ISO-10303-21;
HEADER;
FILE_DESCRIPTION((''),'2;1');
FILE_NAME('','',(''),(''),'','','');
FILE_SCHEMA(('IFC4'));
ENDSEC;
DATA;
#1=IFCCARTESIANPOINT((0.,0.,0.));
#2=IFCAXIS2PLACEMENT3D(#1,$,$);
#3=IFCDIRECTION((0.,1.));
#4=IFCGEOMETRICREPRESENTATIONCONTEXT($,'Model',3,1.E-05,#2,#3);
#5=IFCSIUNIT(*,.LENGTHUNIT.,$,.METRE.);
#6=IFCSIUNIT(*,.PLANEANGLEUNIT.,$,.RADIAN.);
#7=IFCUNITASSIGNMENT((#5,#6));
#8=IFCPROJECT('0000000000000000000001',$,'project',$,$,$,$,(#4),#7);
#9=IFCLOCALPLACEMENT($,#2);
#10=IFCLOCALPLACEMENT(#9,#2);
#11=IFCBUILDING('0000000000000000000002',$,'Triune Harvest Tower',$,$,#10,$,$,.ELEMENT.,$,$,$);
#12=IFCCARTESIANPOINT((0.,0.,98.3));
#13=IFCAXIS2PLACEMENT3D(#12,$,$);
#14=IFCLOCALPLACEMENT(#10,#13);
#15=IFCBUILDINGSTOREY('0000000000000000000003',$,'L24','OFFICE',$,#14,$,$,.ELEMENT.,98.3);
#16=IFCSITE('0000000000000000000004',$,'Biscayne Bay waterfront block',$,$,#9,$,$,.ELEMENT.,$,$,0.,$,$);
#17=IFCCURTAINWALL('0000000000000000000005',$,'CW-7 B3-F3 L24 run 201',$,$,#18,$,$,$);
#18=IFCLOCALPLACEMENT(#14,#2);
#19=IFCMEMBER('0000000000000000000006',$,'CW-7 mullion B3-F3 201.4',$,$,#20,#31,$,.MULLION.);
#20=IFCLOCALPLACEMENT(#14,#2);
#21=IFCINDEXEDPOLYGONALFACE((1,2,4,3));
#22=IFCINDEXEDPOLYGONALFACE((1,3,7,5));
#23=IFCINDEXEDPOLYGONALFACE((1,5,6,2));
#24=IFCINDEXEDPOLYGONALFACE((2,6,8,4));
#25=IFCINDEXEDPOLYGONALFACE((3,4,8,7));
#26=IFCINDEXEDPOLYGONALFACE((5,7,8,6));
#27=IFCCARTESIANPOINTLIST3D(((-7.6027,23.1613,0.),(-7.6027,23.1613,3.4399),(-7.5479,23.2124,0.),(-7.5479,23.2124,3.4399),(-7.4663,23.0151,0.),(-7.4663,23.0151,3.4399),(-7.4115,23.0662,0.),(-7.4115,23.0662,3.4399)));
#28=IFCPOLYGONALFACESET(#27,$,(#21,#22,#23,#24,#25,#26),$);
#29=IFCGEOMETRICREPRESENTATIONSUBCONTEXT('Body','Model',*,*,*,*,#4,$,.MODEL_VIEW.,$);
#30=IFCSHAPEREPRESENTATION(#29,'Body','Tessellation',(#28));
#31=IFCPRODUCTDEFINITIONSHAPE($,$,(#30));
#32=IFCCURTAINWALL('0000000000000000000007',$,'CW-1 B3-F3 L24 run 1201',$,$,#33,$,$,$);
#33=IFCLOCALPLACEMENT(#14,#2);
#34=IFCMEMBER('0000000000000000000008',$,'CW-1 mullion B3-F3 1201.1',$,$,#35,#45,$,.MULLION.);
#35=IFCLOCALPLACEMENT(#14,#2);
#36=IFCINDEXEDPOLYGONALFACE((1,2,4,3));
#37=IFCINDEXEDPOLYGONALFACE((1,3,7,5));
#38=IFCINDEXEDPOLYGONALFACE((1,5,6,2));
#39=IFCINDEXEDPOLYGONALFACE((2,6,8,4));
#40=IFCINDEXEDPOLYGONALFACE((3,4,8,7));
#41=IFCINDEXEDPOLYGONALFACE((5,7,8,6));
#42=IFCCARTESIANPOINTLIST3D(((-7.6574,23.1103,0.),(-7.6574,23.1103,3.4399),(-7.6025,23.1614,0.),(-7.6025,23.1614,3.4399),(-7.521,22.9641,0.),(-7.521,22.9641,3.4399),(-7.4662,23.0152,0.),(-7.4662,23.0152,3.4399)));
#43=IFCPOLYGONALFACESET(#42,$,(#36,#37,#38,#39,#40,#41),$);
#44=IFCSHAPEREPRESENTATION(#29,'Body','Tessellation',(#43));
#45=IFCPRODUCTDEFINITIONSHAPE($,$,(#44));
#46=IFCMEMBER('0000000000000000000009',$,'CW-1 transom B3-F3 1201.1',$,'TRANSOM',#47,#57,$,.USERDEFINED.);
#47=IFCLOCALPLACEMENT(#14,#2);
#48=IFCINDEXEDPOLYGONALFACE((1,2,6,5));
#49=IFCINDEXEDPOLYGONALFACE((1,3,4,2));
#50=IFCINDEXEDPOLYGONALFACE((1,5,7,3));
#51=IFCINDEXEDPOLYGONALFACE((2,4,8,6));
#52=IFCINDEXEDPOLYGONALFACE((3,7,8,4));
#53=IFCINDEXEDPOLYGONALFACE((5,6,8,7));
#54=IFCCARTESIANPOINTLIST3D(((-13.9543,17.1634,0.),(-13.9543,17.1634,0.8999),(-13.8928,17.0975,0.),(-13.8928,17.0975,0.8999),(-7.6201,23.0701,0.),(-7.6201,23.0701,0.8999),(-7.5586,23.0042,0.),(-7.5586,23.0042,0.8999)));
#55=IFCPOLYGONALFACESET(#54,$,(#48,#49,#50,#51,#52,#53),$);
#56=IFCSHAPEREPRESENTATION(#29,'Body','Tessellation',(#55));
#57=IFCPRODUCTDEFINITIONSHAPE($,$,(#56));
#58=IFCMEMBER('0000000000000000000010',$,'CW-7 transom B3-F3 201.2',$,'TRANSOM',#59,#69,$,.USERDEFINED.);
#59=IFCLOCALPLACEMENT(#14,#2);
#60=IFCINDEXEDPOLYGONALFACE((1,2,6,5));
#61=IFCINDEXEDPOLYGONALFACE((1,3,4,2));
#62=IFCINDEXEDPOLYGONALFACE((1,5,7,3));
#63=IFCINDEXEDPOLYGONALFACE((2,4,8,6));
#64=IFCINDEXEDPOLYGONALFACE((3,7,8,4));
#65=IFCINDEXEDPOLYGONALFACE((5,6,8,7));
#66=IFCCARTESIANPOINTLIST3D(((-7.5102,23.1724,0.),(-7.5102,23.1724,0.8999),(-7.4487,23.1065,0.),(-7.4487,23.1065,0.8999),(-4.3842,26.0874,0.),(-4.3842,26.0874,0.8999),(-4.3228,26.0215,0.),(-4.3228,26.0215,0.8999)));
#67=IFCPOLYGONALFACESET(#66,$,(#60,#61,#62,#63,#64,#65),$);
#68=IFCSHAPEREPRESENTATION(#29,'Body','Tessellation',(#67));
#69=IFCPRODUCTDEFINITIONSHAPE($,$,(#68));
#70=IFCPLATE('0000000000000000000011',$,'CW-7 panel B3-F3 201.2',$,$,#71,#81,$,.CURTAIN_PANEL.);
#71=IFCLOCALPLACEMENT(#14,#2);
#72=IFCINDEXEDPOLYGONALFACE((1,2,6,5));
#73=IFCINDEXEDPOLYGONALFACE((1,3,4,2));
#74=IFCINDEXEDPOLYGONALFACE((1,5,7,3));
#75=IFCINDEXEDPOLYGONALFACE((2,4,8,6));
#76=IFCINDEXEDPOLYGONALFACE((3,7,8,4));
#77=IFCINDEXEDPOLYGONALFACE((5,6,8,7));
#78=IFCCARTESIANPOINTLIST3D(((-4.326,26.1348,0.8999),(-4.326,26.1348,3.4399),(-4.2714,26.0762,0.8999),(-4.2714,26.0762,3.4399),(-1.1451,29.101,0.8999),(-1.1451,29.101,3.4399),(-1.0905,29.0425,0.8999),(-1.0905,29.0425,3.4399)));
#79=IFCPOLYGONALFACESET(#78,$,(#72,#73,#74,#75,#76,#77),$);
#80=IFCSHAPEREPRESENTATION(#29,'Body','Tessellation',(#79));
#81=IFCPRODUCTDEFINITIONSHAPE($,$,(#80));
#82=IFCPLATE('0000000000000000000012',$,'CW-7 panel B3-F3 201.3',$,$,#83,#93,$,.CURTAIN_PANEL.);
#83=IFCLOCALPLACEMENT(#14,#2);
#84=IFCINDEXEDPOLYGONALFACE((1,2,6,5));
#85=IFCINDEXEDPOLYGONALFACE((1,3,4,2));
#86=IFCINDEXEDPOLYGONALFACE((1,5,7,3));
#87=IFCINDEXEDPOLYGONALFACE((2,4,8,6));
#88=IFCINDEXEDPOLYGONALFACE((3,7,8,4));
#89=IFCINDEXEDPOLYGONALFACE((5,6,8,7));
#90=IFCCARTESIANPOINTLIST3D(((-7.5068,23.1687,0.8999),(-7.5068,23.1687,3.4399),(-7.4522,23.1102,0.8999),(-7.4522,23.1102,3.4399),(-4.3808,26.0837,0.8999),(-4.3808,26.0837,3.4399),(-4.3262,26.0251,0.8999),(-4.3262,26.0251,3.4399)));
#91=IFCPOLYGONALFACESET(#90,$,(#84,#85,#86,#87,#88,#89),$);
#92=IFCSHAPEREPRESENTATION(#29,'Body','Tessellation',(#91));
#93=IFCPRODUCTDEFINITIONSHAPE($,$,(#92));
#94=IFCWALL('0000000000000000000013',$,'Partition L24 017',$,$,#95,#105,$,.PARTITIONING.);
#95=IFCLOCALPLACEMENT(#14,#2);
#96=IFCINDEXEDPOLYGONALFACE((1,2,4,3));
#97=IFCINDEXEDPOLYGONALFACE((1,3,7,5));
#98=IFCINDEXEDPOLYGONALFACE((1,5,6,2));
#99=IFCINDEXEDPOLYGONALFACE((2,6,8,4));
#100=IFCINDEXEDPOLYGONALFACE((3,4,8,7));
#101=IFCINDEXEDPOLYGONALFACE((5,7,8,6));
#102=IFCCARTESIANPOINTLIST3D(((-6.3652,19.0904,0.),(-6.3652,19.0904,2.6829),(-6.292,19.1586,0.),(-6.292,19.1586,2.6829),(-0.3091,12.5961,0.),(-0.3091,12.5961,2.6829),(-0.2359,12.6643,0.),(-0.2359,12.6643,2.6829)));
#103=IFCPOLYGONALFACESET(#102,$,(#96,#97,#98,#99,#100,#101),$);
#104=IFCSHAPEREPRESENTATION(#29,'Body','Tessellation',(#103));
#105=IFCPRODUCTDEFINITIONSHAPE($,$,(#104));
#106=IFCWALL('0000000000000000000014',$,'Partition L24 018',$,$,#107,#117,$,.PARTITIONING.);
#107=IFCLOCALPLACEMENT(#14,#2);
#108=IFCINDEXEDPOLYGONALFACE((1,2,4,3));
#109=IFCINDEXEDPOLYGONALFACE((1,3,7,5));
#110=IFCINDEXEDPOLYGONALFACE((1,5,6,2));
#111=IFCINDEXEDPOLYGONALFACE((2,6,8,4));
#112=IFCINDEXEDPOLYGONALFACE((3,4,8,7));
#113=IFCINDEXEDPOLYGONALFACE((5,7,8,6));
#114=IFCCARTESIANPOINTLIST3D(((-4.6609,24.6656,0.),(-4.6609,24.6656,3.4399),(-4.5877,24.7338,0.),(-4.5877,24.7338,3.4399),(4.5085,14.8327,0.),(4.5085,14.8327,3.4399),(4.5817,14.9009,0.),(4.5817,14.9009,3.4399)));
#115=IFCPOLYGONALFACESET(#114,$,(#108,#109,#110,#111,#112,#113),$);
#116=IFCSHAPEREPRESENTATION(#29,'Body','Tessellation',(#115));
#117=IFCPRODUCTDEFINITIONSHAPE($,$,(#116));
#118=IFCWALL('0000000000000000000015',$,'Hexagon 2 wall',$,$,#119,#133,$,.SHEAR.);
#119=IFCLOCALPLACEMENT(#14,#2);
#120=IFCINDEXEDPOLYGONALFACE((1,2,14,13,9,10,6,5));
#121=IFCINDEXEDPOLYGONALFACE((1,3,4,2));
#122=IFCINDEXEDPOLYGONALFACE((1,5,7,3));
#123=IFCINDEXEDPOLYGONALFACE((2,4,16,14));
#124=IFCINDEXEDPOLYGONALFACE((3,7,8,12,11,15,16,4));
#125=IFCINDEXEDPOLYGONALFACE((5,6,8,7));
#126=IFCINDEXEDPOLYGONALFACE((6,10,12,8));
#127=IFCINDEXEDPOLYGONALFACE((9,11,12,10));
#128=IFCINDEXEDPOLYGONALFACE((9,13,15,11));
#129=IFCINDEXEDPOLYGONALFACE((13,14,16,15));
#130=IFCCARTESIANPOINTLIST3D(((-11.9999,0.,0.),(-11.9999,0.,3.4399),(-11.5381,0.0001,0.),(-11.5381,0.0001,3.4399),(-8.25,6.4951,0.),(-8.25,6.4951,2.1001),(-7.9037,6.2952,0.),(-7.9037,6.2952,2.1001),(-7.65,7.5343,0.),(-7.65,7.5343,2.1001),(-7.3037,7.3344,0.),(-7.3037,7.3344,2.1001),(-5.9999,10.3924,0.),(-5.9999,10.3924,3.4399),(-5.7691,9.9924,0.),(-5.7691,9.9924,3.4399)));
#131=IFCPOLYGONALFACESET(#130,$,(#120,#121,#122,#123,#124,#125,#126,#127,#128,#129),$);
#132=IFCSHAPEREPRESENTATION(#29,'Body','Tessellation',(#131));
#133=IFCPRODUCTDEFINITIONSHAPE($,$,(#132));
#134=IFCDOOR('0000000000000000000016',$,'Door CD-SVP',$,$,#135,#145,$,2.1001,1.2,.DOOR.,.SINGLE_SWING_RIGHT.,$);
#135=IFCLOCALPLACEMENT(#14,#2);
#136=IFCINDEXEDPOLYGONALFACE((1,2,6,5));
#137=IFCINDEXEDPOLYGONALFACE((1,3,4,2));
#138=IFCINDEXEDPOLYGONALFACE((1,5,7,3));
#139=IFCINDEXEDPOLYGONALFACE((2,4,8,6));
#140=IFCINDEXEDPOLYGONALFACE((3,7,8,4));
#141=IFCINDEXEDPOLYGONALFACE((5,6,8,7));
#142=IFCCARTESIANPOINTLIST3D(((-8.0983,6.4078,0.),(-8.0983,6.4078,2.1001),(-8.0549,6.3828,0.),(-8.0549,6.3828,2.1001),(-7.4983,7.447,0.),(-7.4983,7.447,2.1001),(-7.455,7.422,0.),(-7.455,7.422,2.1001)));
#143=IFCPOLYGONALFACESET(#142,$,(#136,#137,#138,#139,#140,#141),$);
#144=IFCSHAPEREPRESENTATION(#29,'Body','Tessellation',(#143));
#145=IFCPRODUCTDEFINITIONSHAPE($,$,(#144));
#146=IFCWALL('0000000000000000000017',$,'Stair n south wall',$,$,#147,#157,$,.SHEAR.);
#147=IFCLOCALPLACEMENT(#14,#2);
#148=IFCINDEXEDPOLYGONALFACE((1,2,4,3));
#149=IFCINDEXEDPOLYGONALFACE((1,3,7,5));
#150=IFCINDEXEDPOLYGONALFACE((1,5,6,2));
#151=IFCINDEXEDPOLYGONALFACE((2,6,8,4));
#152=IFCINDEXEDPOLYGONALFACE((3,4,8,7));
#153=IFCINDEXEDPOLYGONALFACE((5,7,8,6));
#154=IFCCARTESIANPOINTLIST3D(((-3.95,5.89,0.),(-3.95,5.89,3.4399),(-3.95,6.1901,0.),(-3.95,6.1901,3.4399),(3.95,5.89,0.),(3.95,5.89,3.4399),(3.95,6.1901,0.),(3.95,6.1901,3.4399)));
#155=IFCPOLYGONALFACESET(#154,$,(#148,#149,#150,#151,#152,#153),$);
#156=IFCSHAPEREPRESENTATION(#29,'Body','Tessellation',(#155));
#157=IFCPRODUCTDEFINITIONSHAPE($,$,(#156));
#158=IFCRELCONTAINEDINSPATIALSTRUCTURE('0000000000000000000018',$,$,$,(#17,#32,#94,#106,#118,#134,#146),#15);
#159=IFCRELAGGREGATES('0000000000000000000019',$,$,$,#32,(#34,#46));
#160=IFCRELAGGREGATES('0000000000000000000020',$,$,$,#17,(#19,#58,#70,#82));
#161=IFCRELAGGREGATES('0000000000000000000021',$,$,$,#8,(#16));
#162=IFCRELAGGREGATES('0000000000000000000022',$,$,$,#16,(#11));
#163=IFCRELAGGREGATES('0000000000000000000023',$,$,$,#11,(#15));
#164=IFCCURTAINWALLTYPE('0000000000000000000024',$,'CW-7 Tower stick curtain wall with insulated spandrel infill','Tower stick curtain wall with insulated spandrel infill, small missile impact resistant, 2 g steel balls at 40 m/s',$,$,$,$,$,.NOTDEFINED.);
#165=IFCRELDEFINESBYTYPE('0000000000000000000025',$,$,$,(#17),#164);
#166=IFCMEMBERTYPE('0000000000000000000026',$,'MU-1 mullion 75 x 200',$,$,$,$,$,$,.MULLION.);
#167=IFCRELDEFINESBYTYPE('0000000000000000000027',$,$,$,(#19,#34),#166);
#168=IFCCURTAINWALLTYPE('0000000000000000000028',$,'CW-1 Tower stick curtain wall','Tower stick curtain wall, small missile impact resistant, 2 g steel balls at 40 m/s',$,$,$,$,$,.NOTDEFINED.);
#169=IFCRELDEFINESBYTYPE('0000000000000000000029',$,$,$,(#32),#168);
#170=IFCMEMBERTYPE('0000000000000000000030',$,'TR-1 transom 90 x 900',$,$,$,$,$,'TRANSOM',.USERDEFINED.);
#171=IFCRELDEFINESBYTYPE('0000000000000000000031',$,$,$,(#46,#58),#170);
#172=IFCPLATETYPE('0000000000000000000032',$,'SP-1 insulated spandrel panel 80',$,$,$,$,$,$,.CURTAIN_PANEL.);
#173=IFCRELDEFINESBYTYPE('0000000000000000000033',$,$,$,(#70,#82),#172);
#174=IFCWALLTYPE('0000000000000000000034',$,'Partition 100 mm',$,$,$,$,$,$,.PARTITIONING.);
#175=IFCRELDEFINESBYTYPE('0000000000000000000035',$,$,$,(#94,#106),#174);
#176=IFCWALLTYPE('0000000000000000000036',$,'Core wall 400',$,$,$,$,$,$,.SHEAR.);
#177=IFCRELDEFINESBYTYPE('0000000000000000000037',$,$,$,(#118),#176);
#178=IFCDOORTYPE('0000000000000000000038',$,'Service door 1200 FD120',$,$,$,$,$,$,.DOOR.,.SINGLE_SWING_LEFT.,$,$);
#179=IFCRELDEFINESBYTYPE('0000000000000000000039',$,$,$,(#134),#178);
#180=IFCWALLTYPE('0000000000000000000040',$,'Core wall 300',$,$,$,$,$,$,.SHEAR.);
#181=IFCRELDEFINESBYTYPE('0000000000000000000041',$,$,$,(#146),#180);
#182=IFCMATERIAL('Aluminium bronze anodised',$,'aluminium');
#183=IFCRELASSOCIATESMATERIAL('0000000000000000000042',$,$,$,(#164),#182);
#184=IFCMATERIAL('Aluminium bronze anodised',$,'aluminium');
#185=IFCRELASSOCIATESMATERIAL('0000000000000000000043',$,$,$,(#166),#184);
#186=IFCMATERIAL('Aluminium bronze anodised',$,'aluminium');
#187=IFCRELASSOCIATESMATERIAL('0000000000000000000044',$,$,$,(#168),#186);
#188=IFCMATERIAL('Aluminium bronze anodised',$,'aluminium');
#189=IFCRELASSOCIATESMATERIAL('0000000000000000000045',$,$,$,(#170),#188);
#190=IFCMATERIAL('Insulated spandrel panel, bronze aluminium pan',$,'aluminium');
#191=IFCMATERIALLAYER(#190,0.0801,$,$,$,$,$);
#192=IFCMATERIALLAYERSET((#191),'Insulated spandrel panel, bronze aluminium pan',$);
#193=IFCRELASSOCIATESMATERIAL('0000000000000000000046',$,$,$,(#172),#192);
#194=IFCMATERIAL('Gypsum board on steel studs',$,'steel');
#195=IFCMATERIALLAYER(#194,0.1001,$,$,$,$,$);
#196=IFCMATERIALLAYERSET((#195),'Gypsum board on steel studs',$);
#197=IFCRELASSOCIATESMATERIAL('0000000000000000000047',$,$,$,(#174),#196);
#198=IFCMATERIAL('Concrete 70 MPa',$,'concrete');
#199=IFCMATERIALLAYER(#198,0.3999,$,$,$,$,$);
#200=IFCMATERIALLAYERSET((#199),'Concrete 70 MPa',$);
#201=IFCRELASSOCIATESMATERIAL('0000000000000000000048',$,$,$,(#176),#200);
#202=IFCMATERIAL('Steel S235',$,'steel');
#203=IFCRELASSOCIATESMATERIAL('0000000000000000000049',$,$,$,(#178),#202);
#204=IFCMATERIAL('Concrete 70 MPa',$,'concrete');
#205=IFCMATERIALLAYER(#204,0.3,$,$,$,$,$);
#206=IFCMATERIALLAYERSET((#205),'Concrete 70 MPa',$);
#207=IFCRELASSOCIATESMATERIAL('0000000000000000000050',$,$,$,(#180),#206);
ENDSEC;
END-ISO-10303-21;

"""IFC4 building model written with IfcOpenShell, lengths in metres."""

from ifc_helpers import new_model, si_unit, direction, frame, frame_2d, origin, origin_2d, place, context, subcontext, project, spatial, polyline, rectangle, outline, extrude, source, transform, mapped, material, layer, layer_set, material_profile, profile_set, type_object, element, fill, aggregate, save


model = new_model("IFC4")

# Units and contexts
model_context = context("Model", 3, precision=1e-05, world=origin(), true_north=direction((0.0, 1.0)))
body_context = subcontext(model_context, "Body", "Model", "MODEL_VIEW")
ifc_project = project(units=[si_unit("LENGTHUNIT", "METRE"), si_unit("PLANEANGLEUNIT", "RADIAN")], contexts=[model_context])

# Site, building, storey
site_placement = place(None, origin())
site = spatial("IfcSite", under=ifc_project, at=site_placement, Name="Biscayne Bay waterfront block", CompositionType="ELEMENT", RefElevation=0.0)
building_placement = place(site_placement, origin())
building = spatial("IfcBuilding", under=site, at=building_placement, Name="Triune Harvest Tower", CompositionType="ELEMENT")
storey_placement = place(building_placement, frame((0.0, 0.0, 98.3)))
storey = spatial("IfcBuildingStorey", under=building, at=storey_placement, Name="L24", Description="OFFICE", CompositionType="ELEMENT", Elevation=98.3)

# Curtain walls, members
ifc_material_1 = material(Name="Aluminium bronze anodised", Category="aluminium")
curtain_wall_type_1 = type_object("IfcCurtainWallType", Name="CW-7 Tower stick curtain wall with insulated spandrel infill", Description="Tower stick curtain wall with insulated spandrel infill, small missile impact resistant, 2 g steel balls at 40 m/s", PredefinedType="NOTDEFINED", material=ifc_material_1)
curtain_wall_1_placement = place(storey_placement, origin())
curtain_wall_1 = element("IfcCurtainWall", 1, at=curtain_wall_1_placement, inside=storey, type_object=curtain_wall_type_1, Name="CW-7 B3-F3 L24 run 201")
ifc_material_2 = material(Name="Aluminium bronze anodised", Category="aluminium")
ifc_material_profile_1 = material_profile(ifc_material_2, rectangle(XDim=0.2, YDim=0.075, at=origin_2d()), Name="MU-1 mullion 75 x 200")
ifc_profile_set_1 = profile_set([ifc_material_profile_1], Name="Aluminium bronze anodised")
member_type_1 = type_object("IfcMemberType", Name="MU-1 mullion 75 x 200", PredefinedType="MULLION", material=ifc_profile_set_1)
shared_shape_1 = source(origin(), body_context, "Body", "SweptSolid", [
    extrude(rectangle(XDim=0.2, YDim=0.075, at=origin_2d()), origin(), (0.0, 0.0, 1.0), 3.4399),
])
member_1_placement = place(storey_placement, frame((-7.5071, 23.1138, 0.0), z_axis=(0.0, 0.0, 1.0), x_axis=(0.682, -0.731353, 0.0)))
member_1 = element("IfcMember", 2, at=member_1_placement, type_object=member_type_1, Name="CW-7 mullion B3-F3 201.4", PredefinedType="MULLION", context=body_context, shape_type="MappedRepresentation", body=[
    mapped(shared_shape_1, transform((0.0, 0.0, 0.0), scale=1.0)),
])
ifc_material_3 = material(Name="Aluminium bronze anodised", Category="aluminium")
curtain_wall_type_2 = type_object("IfcCurtainWallType", Name="CW-1 Tower stick curtain wall", Description="Tower stick curtain wall, small missile impact resistant, 2 g steel balls at 40 m/s", PredefinedType="NOTDEFINED", material=ifc_material_3)
curtain_wall_2_placement = place(storey_placement, origin())
curtain_wall_2 = element("IfcCurtainWall", 3, at=curtain_wall_2_placement, inside=storey, type_object=curtain_wall_type_2, Name="CW-1 B3-F3 L24 run 1201")
member_2_placement = place(storey_placement, frame((-7.5618, 23.0627, 0.0), z_axis=(0.0, 0.0, 1.0), x_axis=(0.681997, -0.731355, 0.0)))
member_2 = element("IfcMember", 4, at=member_2_placement, type_object=member_type_1, Name="CW-1 mullion B3-F3 1201.1", PredefinedType="MULLION", context=body_context, shape_type="MappedRepresentation", body=[
    mapped(shared_shape_1, transform((0.0, 0.0, 0.0), scale=1.0)),
])
ifc_material_4 = material(Name="Aluminium bronze anodised", Category="aluminium")
ifc_material_profile_2 = material_profile(ifc_material_4, rectangle(XDim=0.0901, YDim=0.8999, at=origin_2d()), Name="TR-1 transom 90 x 900")
ifc_profile_set_2 = profile_set([ifc_material_profile_2], Name="Aluminium bronze anodised")
member_type_2 = type_object("IfcMemberType", Name="TR-1 transom 90 x 900", ElementType="TRANSOM", PredefinedType="USERDEFINED", material=ifc_profile_set_2)
shared_shape_2 = source(origin(), body_context, "Body", "SweptSolid", [
    extrude(rectangle(XDim=0.0901, YDim=0.8999, at=origin_2d()), origin(), (0.0, 0.0, 1.0), 8.6609),
])
member_3_placement = place(storey_placement, frame((-7.5894, 23.0371, 0.45), z_axis=(-0.731355, -0.681997, 0.0), x_axis=(0.681997, -0.731355, 0.0)))
member_3 = element("IfcMember", 5, at=member_3_placement, type_object=member_type_2, Name="CW-1 transom B3-F3 1201.1", ObjectType="TRANSOM", PredefinedType="USERDEFINED", context=body_context, shape_type="MappedRepresentation", body=[
    mapped(shared_shape_2, transform((0.0, 0.0, 0.0), scale=1.0)),
])
aggregate(curtain_wall_2, [member_2, member_3])

# Member
shared_shape_3 = source(origin(), body_context, "Body", "SweptSolid", [
    extrude(rectangle(XDim=0.0901, YDim=0.8999, at=origin_2d()), origin(), (0.0, 0.0, 1.0), 4.2742),
])
member_4_placement = place(storey_placement, frame((-4.3535, 26.0544, 0.45), z_axis=(-0.731352, -0.682001, 0.0), x_axis=(0.682001, -0.731352, 0.0)))
member_4 = element("IfcMember", 6, at=member_4_placement, type_object=member_type_2, Name="CW-7 transom B3-F3 201.2", ObjectType="TRANSOM", PredefinedType="USERDEFINED", context=body_context, shape_type="MappedRepresentation", body=[
    mapped(shared_shape_3, transform((0.0, 0.0, 0.0), scale=1.0)),
])

# Plates
ifc_material_5 = material(Name="Insulated spandrel panel, bronze aluminium pan", Category="aluminium")
ifc_layer_1 = layer(ifc_material_5, 0.0801)
ifc_layer_set_1 = layer_set([ifc_layer_1], Name="Insulated spandrel panel, bronze aluminium pan")
plate_type = type_object("IfcPlateType", Name="SP-1 insulated spandrel panel 80", PredefinedType="CURTAIN_PANEL", material=ifc_layer_set_1)
shared_shape_4 = source(origin(), body_context, "Body", "SweptSolid", [
    extrude(rectangle(XDim=4.3494, YDim=0.0801, at=origin_2d()), origin(), (0.0, 0.0, 1.0), 2.54),
])
plate_1_placement = place(storey_placement, frame((-2.7083, 27.5886, 0.8999), z_axis=(0.0, 0.0, 1.0), x_axis=(-0.731353, -0.682, 0.0)))
plate_1 = element("IfcPlate", 7, at=plate_1_placement, type_object=plate_type, Name="CW-7 panel B3-F3 201.2", PredefinedType="CURTAIN_PANEL", context=body_context, shape_type="MappedRepresentation", body=[
    mapped(shared_shape_4, transform((0.0, 0.0, 0.0), scale=1.0)),
])
shared_shape_5 = source(origin(), body_context, "Body", "SweptSolid", [
    extrude(rectangle(XDim=4.2742, YDim=0.0801, at=origin_2d()), origin(), (0.0, 0.0, 1.0), 2.54),
])
plate_2_placement = place(storey_placement, frame((-5.9165, 24.5969, 0.8999), z_axis=(0.0, 0.0, 1.0), x_axis=(-0.731353, -0.682, 0.0)))
plate_2 = element("IfcPlate", 8, at=plate_2_placement, type_object=plate_type, Name="CW-7 panel B3-F3 201.3", PredefinedType="CURTAIN_PANEL", context=body_context, shape_type="MappedRepresentation", body=[
    mapped(shared_shape_5, transform((0.0, 0.0, 0.0), scale=1.0)),
])
aggregate(curtain_wall_1, [member_1, member_4, plate_1, plate_2])

# Walls
ifc_material_6 = material(Name="Gypsum board on steel studs", Category="steel")
ifc_layer_2 = layer(ifc_material_6, 0.1001)
ifc_layer_set_2 = layer_set([ifc_layer_2], Name="Gypsum board on steel studs")
wall_type_1 = type_object("IfcWallType", Name="Partition 100 mm", PredefinedType="PARTITIONING", material=ifc_layer_set_2)
wall_1_placement = place(storey_placement, frame((-6.3286, 19.1245, 0.0), z_axis=(0.0, 0.0, 1.0), x_axis=(0.682001, -0.731351, 0.0)))
element("IfcWall", 9, at=wall_1_placement, inside=storey, type_object=wall_type_1, Name="Partition L24 017", PredefinedType="PARTITIONING", context=body_context, shape_type="SweptSolid", body=[
    extrude(rectangle(XDim=8.8799, YDim=0.1001, at=frame_2d((4.4399, 0.0))), origin(), (0.0, 0.0, 1.0), 2.6829),
])
wall_2_placement = place(storey_placement, frame((-4.6243, 24.6997, 0.0), z_axis=(0.0, 0.0, 1.0), x_axis=(0.681999, -0.731353, 0.0)))
element("IfcWall", 10, at=wall_2_placement, inside=storey, type_object=wall_type_1, Name="Partition L24 018", PredefinedType="PARTITIONING", context=body_context, shape_type="SweptSolid", body=[
    extrude(rectangle(XDim=13.4448, YDim=0.1001, at=frame_2d((6.7224, 0.0))), origin(), (0.0, 0.0, 1.0), 3.4399),
])

# Wall, opening, door
ifc_material_7 = material(Name="Concrete 70 MPa", Category="concrete")
ifc_layer_3 = layer(ifc_material_7, 0.3999)
ifc_layer_set_3 = layer_set([ifc_layer_3], Name="Concrete 70 MPa")
wall_type_2 = type_object("IfcWallType", Name="Core wall 400", PredefinedType="SHEAR", material=ifc_layer_set_3)
shared_shape_6 = source(origin(), body_context, "Body", "SweptSolid", [
    extrude(outline(polyline([(-0.1155, -0.2), (11.8845, -0.2), (11.6536, 0.2), (0.1155, 0.2), (-0.1155, -0.2)])), origin(), (0.0, 0.0, 1.0), 3.4399),
])
wall_3_placement = place(storey_placement, frame((-5.8845, 10.1924, 0.0), z_axis=(0.0, 0.0, 1.0), x_axis=(-0.499997, -0.866027, 0.0)))
wall_3 = element("IfcWall", 11, at=wall_3_placement, inside=storey, type_object=wall_type_2, Name="Hexagon 2 wall", PredefinedType="SHEAR", context=body_context, shape_type="MappedRepresentation", body=[
    mapped(shared_shape_6, transform((0.0, 0.0, 0.0), scale=1.0)),
])
opening_1_placement = place(wall_3_placement, frame((3.1846, 0.0, 0.0)))
opening_1 = element("IfcOpeningElement", 12, at=opening_1_placement, cuts=wall_3, PredefinedType="OPENING", context=body_context, shape_type="SweptSolid", body=[
    extrude(rectangle(XDim=1.2, YDim=2.1001, at=frame_2d((0.6001, 1.05))), frame((0.0, 0.21, 0.0), z_axis=(0.0, -1.0, 0.0), x_axis=(1.0, 0.0, 0.0)), (0.0, 0.0, 1.0), 0.4199),
])
ifc_material_8 = material(Name="Steel S235", Category="steel")
door_type_1 = type_object("IfcDoorType", Name="Service door 1200 FD120", OperationType="SINGLE_SWING_LEFT", PredefinedType="DOOR", material=ifc_material_8)
door_1_placement = place(opening_1_placement, frame((1.2, 0.0, 0.0), z_axis=(0.0, 0.0, 1.0), x_axis=(-1.0, 0.0, 0.0)))
door_1 = element("IfcDoor", 13, at=door_1_placement, inside=storey, type_object=door_type_1, Name="Door CD-SVP", OperationType="SINGLE_SWING_RIGHT", OverallHeight=2.1001, OverallWidth=1.2, PredefinedType="DOOR", context=body_context, shape_type="SweptSolid", body=[
    extrude(rectangle(XDim=1.2, YDim=2.1001, at=frame_2d((0.6001, 1.05))), frame((0.0, 0.0249, 0.0), z_axis=(0.0, -1.0, 0.0), x_axis=(1.0, 0.0, 0.0)), (0.0, 0.0, 1.0), 0.05),
])
fill(opening_1, door_1)

# Wall
ifc_material_9 = material(Name="Concrete 70 MPa", Category="concrete")
ifc_layer_4 = layer(ifc_material_9, 0.3)
ifc_layer_set_4 = layer_set([ifc_layer_4], Name="Concrete 70 MPa")
wall_type_3 = type_object("IfcWallType", Name="Core wall 300", PredefinedType="SHEAR", material=ifc_layer_set_4)
shared_shape_7 = source(origin(), body_context, "Body", "SweptSolid", [
    extrude(rectangle(XDim=7.8999, YDim=0.3, at=frame_2d((3.95, 0.0))), origin(), (0.0, 0.0, 1.0), 3.4399),
])
wall_4_placement = place(storey_placement, frame((-3.95, 6.04, 0.0), z_axis=(0.0, 0.0, 1.0), x_axis=(1.0, 0.0, 0.0)))
element("IfcWall", 14, at=wall_4_placement, inside=storey, type_object=wall_type_3, Name="Stair n south wall", PredefinedType="SHEAR", context=body_context, shape_type="MappedRepresentation", body=[
    mapped(shared_shape_7, transform((0.0, 0.0, 0.0), scale=1.0)),
])

save(model, "model.ifc")
